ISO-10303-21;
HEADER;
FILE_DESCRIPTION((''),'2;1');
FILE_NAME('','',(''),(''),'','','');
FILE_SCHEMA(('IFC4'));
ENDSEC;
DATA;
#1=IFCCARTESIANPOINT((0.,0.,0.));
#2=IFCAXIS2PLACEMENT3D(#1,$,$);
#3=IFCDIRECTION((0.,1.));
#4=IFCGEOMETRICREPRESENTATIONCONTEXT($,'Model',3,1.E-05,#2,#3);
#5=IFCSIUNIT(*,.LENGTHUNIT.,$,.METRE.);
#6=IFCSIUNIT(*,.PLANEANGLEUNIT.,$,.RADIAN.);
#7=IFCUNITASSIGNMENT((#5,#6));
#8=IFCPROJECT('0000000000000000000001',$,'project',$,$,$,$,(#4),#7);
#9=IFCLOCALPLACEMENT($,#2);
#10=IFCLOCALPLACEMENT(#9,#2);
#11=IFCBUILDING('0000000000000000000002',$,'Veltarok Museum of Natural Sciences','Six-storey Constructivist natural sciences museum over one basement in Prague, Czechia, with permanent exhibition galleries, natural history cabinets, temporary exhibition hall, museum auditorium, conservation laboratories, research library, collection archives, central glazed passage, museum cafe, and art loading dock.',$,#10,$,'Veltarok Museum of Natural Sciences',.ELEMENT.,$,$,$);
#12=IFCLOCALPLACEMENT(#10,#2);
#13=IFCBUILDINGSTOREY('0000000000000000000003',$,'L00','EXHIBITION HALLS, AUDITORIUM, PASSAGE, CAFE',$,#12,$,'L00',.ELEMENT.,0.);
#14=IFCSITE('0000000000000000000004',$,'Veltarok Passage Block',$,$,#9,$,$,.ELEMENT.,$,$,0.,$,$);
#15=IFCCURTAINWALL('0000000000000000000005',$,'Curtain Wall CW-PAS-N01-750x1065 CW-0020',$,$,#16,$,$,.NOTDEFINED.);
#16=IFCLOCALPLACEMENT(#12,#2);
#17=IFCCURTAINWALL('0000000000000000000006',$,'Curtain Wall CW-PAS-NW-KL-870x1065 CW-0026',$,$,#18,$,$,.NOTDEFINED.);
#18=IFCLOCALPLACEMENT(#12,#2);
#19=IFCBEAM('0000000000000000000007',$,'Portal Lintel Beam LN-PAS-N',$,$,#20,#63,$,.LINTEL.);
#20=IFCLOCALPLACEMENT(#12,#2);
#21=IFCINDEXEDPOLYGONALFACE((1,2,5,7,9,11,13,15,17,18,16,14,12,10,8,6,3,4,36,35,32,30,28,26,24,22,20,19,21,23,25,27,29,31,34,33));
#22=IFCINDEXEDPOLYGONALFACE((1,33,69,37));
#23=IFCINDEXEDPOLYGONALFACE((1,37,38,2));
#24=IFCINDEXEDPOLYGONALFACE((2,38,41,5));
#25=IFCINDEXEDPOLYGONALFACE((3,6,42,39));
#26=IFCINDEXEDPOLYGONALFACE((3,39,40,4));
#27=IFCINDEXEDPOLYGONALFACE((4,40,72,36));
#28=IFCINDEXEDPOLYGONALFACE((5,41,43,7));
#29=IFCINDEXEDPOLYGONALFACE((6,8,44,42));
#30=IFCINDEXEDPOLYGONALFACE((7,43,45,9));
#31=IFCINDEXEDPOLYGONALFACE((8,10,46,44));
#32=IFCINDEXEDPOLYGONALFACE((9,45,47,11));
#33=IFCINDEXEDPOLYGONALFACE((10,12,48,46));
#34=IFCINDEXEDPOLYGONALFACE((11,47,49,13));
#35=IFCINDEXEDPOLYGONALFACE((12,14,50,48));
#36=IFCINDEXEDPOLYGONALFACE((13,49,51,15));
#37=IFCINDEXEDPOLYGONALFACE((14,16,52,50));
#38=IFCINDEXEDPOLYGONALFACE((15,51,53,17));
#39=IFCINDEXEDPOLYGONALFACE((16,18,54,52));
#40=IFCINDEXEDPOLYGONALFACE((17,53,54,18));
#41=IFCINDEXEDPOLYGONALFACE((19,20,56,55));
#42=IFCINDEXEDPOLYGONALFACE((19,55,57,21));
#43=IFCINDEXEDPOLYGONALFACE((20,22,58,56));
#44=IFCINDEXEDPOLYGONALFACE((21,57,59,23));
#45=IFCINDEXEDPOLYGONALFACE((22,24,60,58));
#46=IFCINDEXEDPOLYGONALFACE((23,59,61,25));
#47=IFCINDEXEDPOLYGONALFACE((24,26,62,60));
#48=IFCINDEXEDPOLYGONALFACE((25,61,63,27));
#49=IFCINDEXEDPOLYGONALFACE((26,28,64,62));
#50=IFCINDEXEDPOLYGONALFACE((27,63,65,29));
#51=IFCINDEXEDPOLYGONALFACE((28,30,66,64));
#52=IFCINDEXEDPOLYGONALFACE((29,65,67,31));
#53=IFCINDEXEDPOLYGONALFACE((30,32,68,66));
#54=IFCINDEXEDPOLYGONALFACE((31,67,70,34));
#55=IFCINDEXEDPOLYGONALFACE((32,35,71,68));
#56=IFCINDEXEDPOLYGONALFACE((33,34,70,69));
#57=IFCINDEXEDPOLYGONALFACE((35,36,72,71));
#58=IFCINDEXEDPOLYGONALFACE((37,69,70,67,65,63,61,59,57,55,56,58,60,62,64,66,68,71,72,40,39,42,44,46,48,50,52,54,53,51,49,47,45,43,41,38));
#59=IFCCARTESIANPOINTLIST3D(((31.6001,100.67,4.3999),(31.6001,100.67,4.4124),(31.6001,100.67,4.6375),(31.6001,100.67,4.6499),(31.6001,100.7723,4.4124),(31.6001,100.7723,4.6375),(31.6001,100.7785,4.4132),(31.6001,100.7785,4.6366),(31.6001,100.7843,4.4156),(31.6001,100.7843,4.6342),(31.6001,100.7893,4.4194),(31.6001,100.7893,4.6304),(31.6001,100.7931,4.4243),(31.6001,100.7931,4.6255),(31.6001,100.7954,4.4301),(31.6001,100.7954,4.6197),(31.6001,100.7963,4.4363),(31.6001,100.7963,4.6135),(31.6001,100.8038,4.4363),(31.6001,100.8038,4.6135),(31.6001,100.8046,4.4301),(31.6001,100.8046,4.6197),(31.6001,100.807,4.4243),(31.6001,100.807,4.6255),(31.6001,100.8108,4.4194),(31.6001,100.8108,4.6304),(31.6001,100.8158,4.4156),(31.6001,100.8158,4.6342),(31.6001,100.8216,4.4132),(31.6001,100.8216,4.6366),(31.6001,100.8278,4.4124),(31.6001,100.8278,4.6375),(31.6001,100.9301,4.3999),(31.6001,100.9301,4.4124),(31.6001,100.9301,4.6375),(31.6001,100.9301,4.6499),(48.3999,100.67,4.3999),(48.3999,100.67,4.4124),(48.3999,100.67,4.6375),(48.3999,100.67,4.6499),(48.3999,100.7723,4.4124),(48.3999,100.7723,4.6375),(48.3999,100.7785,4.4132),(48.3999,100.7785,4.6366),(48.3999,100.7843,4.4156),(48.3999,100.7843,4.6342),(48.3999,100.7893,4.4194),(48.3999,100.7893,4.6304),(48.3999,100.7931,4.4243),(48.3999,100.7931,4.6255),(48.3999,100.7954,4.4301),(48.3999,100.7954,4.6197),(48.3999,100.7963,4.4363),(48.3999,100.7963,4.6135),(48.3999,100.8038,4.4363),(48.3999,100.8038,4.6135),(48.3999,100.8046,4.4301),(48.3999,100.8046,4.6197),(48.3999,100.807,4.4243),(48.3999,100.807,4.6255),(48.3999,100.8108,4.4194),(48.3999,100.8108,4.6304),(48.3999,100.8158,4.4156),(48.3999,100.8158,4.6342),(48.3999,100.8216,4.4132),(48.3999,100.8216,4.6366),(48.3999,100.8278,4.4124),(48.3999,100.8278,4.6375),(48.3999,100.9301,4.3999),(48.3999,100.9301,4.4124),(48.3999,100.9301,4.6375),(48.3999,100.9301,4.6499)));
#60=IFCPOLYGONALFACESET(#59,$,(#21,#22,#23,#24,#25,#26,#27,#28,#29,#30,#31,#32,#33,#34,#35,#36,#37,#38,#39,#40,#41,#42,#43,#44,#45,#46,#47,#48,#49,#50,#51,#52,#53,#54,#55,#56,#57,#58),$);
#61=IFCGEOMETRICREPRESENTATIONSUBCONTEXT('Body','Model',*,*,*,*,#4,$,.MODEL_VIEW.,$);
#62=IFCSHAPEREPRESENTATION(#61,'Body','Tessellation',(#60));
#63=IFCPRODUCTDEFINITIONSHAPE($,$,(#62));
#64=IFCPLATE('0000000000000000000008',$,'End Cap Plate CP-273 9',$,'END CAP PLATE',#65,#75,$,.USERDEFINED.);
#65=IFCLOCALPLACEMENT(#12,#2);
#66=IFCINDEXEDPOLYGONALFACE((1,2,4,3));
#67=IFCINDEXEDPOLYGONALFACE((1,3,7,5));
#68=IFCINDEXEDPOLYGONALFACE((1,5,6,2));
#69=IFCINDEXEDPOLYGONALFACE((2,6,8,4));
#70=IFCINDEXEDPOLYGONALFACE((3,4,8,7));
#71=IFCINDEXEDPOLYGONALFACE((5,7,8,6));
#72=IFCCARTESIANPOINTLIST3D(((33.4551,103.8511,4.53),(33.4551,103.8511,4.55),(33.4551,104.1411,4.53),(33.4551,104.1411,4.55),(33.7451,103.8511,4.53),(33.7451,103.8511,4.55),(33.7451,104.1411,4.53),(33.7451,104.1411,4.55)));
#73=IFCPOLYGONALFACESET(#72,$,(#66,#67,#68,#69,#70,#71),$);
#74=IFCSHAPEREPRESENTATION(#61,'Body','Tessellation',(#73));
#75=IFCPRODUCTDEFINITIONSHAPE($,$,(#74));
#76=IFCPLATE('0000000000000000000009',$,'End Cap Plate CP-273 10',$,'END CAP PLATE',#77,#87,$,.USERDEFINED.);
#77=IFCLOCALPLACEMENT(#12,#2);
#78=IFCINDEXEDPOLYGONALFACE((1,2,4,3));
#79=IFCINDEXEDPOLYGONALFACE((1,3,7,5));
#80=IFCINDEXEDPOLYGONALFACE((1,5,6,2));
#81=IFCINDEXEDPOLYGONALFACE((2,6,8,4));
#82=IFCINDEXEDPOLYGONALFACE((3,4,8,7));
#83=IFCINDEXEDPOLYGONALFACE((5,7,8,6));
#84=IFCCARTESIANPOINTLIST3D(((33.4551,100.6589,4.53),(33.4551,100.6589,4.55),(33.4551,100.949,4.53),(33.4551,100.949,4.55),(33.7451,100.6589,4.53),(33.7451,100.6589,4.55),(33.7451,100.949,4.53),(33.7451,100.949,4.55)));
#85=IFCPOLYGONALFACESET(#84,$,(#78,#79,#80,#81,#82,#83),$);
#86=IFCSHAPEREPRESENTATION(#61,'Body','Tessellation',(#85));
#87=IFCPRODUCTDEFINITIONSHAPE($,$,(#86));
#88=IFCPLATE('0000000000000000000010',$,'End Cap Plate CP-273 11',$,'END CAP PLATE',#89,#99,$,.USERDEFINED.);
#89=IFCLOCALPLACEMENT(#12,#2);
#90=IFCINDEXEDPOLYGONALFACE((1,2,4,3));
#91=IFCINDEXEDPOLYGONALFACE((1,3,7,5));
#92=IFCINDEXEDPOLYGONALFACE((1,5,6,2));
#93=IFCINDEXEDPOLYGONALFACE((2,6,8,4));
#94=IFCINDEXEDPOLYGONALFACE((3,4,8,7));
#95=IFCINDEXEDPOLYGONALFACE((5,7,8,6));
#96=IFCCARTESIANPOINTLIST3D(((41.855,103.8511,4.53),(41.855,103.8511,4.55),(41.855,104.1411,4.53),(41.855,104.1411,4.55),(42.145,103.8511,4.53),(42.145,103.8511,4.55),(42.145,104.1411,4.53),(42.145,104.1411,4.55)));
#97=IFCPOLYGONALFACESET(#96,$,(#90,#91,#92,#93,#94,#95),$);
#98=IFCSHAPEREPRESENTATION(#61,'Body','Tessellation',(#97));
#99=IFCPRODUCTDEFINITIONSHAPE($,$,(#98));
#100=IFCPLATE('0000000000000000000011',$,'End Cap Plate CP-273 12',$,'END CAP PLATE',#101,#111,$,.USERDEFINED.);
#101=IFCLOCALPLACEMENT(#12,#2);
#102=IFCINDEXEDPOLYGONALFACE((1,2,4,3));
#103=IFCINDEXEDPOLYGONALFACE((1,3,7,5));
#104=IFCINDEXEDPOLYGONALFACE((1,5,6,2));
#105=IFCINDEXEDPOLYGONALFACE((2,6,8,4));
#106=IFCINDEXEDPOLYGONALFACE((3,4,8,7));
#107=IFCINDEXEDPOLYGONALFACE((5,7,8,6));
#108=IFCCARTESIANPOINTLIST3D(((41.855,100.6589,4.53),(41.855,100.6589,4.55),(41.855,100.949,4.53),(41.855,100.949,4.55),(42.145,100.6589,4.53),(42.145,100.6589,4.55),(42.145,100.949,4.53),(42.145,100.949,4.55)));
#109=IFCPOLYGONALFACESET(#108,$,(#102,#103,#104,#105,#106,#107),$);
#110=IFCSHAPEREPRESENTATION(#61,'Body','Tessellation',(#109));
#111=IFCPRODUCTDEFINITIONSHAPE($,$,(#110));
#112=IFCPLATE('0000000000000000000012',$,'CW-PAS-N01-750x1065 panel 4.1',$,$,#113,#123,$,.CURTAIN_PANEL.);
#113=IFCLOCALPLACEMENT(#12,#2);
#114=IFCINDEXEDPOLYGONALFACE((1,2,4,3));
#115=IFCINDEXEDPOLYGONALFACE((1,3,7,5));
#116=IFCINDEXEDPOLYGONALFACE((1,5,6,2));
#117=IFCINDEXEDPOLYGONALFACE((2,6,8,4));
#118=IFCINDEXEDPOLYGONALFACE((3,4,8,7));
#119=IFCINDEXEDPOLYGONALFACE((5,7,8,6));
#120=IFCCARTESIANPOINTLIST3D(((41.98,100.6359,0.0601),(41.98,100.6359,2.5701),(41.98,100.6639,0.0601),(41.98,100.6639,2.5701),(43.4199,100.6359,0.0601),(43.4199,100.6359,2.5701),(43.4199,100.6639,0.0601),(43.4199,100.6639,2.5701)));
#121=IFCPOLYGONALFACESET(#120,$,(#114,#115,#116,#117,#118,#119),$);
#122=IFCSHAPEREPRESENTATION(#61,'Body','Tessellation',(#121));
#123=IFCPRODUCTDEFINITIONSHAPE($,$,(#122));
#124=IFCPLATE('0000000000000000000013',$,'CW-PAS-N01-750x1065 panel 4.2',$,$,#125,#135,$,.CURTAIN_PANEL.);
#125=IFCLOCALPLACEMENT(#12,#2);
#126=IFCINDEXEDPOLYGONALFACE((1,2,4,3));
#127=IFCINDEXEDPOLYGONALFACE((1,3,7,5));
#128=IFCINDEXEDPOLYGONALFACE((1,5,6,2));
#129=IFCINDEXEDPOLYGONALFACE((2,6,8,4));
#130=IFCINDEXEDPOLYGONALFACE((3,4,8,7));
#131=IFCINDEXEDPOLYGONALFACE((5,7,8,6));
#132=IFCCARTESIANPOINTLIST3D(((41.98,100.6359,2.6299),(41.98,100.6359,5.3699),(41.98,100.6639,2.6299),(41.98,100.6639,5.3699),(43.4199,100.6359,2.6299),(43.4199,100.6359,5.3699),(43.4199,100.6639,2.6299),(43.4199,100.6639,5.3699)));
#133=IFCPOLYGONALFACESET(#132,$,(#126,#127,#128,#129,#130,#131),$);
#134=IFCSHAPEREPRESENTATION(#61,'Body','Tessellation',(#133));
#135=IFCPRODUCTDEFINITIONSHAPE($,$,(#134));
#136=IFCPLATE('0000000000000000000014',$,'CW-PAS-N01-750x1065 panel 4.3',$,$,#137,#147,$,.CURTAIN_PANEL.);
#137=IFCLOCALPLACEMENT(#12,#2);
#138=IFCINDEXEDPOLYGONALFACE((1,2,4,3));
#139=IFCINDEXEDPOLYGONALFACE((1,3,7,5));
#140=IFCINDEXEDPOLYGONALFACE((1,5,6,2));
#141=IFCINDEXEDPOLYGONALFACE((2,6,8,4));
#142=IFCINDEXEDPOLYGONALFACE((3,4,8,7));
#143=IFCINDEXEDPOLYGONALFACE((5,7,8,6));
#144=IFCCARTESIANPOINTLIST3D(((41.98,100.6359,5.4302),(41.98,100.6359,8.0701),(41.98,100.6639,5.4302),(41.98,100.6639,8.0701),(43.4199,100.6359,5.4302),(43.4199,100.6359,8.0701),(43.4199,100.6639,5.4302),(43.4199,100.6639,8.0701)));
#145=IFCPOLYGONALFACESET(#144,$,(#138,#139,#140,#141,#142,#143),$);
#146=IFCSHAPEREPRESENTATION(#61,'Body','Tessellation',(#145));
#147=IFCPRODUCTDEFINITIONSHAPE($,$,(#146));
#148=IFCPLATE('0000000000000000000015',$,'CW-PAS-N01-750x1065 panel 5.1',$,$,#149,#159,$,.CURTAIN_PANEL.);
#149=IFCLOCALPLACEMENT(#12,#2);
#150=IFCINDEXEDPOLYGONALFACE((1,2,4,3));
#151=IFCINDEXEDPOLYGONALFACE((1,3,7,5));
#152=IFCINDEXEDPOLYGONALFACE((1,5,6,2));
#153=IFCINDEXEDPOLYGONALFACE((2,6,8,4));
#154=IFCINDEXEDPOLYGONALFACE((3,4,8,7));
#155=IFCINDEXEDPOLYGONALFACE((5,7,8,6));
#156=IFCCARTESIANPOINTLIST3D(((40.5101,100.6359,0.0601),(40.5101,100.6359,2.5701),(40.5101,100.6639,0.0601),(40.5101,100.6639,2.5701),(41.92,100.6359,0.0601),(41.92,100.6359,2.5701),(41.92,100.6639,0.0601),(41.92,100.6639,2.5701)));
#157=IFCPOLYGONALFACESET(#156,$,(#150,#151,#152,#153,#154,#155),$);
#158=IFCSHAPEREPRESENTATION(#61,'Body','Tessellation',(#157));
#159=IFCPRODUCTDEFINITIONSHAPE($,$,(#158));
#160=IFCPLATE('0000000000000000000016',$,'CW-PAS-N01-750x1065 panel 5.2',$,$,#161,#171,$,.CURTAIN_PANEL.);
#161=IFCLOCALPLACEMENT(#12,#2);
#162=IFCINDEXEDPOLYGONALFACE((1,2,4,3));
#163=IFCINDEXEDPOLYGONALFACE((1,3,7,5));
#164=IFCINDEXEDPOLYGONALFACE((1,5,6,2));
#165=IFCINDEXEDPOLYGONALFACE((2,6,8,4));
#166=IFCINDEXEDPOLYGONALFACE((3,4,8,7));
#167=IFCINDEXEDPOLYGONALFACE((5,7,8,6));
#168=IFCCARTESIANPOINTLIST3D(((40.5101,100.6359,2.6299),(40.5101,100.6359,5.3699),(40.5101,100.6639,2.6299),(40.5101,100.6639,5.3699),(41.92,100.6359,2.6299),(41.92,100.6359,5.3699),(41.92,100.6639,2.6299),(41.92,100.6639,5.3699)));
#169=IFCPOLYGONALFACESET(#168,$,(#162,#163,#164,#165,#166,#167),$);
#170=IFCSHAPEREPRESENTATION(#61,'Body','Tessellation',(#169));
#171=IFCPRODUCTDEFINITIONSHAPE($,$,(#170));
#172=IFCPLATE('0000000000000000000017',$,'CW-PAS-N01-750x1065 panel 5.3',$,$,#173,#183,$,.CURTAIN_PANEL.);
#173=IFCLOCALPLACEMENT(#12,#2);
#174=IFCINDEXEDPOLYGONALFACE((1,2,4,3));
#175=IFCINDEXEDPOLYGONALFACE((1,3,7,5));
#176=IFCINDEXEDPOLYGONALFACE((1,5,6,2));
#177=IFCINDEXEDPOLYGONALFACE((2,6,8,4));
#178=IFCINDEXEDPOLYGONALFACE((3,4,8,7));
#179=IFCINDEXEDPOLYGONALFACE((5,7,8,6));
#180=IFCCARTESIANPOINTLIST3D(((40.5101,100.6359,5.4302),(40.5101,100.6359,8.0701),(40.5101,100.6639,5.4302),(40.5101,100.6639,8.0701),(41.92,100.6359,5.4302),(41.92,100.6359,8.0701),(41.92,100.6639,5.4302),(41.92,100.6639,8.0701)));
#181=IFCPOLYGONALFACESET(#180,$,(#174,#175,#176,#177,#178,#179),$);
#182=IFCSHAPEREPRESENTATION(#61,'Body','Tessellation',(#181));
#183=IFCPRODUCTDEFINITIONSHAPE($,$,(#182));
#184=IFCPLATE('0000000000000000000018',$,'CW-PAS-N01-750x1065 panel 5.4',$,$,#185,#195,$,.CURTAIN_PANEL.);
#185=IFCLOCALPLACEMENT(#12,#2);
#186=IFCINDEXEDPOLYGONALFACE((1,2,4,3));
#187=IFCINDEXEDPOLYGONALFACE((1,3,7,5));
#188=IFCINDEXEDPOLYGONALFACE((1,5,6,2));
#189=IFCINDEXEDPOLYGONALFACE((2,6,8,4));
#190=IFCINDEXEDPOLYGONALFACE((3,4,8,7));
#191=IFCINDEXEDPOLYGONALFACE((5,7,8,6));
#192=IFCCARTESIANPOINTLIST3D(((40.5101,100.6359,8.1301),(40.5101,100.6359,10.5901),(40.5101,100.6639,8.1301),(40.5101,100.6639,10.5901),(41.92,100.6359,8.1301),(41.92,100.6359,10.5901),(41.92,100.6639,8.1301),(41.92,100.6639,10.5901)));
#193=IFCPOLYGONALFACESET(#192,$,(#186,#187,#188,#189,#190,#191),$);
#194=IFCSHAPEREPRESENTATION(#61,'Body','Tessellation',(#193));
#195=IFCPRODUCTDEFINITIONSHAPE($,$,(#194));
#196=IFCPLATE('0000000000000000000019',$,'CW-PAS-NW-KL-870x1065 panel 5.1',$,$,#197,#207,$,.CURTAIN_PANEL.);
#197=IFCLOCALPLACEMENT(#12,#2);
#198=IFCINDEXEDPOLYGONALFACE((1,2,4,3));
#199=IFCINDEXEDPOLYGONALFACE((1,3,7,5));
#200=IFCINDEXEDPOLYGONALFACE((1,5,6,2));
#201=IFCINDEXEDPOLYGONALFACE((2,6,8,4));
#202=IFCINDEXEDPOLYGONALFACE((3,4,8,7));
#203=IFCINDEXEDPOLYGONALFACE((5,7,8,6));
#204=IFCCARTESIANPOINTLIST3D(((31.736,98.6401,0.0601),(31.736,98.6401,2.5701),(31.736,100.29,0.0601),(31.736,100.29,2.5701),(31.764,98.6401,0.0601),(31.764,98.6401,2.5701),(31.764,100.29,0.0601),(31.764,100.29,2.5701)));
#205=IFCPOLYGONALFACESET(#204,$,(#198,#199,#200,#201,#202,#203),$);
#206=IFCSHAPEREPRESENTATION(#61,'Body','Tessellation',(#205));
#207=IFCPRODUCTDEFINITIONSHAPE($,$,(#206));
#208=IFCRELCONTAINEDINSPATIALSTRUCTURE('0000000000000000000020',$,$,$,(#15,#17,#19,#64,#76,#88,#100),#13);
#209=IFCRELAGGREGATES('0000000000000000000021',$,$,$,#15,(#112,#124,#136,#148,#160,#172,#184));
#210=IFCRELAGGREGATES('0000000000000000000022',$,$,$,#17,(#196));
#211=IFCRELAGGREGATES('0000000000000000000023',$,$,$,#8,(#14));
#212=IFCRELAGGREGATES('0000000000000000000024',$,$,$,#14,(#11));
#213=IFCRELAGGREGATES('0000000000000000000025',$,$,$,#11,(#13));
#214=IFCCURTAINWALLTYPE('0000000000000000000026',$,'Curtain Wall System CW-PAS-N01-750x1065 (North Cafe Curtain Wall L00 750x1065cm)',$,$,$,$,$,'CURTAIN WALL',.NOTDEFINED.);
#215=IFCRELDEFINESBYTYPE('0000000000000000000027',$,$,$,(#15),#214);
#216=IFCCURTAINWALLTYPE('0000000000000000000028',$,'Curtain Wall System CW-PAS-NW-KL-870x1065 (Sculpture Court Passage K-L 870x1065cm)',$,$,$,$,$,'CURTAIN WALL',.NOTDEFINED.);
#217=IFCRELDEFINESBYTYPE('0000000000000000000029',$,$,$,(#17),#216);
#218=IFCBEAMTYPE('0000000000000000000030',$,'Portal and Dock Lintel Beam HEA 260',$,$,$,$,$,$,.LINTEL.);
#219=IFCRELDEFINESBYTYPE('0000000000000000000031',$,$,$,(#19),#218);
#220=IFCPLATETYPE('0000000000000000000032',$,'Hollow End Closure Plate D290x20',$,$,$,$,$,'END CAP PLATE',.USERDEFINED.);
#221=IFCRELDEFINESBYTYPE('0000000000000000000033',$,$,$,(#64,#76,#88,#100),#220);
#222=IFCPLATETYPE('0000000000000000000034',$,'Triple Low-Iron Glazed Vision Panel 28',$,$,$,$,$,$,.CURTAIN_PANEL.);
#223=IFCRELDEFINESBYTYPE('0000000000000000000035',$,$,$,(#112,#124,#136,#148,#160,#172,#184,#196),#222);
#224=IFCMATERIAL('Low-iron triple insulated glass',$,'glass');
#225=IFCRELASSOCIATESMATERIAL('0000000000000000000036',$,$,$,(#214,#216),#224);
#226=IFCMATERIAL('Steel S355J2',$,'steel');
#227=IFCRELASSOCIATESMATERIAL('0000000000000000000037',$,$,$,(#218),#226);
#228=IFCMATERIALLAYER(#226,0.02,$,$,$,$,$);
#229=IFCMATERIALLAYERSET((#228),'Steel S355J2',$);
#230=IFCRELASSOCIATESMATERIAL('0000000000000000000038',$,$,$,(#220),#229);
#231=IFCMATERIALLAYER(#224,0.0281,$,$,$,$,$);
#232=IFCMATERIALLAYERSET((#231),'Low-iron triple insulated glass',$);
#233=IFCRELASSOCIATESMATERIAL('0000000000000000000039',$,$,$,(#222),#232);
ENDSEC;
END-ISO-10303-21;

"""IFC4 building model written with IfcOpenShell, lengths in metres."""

from ifc_helpers import new_model, si_unit, direction, frame, origin, origin_2d, place, context, subcontext, project, spatial, rectangle, i_section, extrude, material, layer, layer_set, material_profile, profile_set, type_object, element, aggregate, save


model = new_model("IFC4")

# Units and contexts
model_context = context("Model", 3, precision=1e-05, world=origin(), true_north=direction((0.0, 1.0)))
body_context = subcontext(model_context, "Body", "Model", "MODEL_VIEW")
ifc_project = project(units=[si_unit("LENGTHUNIT", "METRE"), si_unit("PLANEANGLEUNIT", "RADIAN")], contexts=[model_context])

# Site, building, storey
site_placement = place(None, origin())
site = spatial("IfcSite", under=ifc_project, at=site_placement, Name="Veltarok Passage Block", CompositionType="ELEMENT", RefElevation=0.0)
building_placement = place(site_placement, origin())
building = spatial("IfcBuilding", under=site, at=building_placement, Name="Veltarok Museum of Natural Sciences", Description="Six-storey Constructivist natural sciences museum over one basement in Prague, Czechia, with permanent exhibition galleries, natural history cabinets, temporary exhibition hall, museum auditorium, conservation laboratories, research library, collection archives, central glazed passage, museum cafe, and art loading dock.", LongName="Veltarok Museum of Natural Sciences", CompositionType="ELEMENT")
storey_placement = place(building_placement, origin())
storey = spatial("IfcBuildingStorey", under=building, at=storey_placement, Name="L00", Description="EXHIBITION HALLS, AUDITORIUM, PASSAGE, CAFE", LongName="L00", CompositionType="ELEMENT", Elevation=0.0)

# Shared definitions
ifc_material_1 = material(Name="Steel S355J2", Category="steel")

# Curtain walls
ifc_material_2 = material(Name="Low-iron triple insulated glass", Category="glass")
curtain_wall_type_1 = type_object("IfcCurtainWallType", Name="Curtain Wall System CW-PAS-N01-750x1065 (North Cafe Curtain Wall L00 750x1065cm)", ElementType="CURTAIN WALL", PredefinedType="NOTDEFINED", material=ifc_material_2)
curtain_wall_1_placement = place(storey_placement, origin())
curtain_wall_1 = element("IfcCurtainWall", 1, at=curtain_wall_1_placement, inside=storey, type_object=curtain_wall_type_1, Name="Curtain Wall CW-PAS-N01-750x1065 CW-0020", PredefinedType="NOTDEFINED")
curtain_wall_type_2 = type_object("IfcCurtainWallType", Name="Curtain Wall System CW-PAS-NW-KL-870x1065 (Sculpture Court Passage K-L 870x1065cm)", ElementType="CURTAIN WALL", PredefinedType="NOTDEFINED", material=ifc_material_2)
curtain_wall_2_placement = place(storey_placement, origin())
curtain_wall_2 = element("IfcCurtainWall", 2, at=curtain_wall_2_placement, inside=storey, type_object=curtain_wall_type_2, Name="Curtain Wall CW-PAS-NW-KL-870x1065 CW-0026", PredefinedType="NOTDEFINED")

# Beam
ifc_material_profile_1 = material_profile(ifc_material_1, i_section(OverallWidth=0.26, OverallDepth=0.25, WebThickness=0.0076, FlangeThickness=0.0125, FilletRadius=0.0239, at=origin_2d()), Name="HEA 260")
ifc_profile_set_1 = profile_set([ifc_material_profile_1], Name="Steel S355J2")
beam_type_1 = type_object("IfcBeamType", Name="Portal and Dock Lintel Beam HEA 260", PredefinedType="LINTEL", material=ifc_profile_set_1)
beam_1_placement = place(storey_placement, frame((31.6001, 100.8, 4.5249), z_axis=(1.0, 0.0, 0.0), x_axis=(0.0, 1.0, 0.0)))
element("IfcBeam", 3, at=beam_1_placement, inside=storey, type_object=beam_type_1, Name="Portal Lintel Beam LN-PAS-N", PredefinedType="LINTEL", context=body_context, shape_type="SweptSolid", body=[
    extrude(i_section(OverallWidth=0.26, OverallDepth=0.25, WebThickness=0.0076, FlangeThickness=0.0125, FilletRadius=0.0239, at=origin_2d()), origin(), (0.0, 0.0, 1.0), 16.7998),
])

# Plates
ifc_layer_1 = layer(ifc_material_1, 0.02)
ifc_layer_set_1 = layer_set([ifc_layer_1], Name="Steel S355J2")
plate_type_1 = type_object("IfcPlateType", Name="Hollow End Closure Plate D290x20", ElementType="END CAP PLATE", PredefinedType="USERDEFINED", material=ifc_layer_set_1)
for number, where, z_axis, x_axis, name in (
    (4, (33.6001, 103.9961, 4.53), (0.0, 0.0, 1.0), (0.0, 1.0, 0.0), "End Cap Plate CP-273 9"),
    (5, (33.6001, 100.804, 4.53), (0.0, 0.0, 1.0), (0.0, 1.0, 0.0), "End Cap Plate CP-273 10"),
    (6, (42.0, 103.9961, 4.53), (0.0, 0.0, 1.0), (0.0, 1.0, 0.0), "End Cap Plate CP-273 11"),
    (7, (42.0, 100.804, 4.53), (0.0, 0.0, 1.0), (0.0, 1.0, 0.0), "End Cap Plate CP-273 12"),
):
    element("IfcPlate", number, at=place(storey_placement, frame(where, z_axis=z_axis, x_axis=x_axis)), inside=storey, type_object=plate_type_1, Name=name, ObjectType="END CAP PLATE", PredefinedType="USERDEFINED", context=body_context, shape_type="SweptSolid", body=[
        extrude(rectangle(XDim=0.29, YDim=0.29, at=origin_2d()), origin(), (0.0, 0.0, 1.0), 0.02),
    ])

# Plates
ifc_layer_2 = layer(ifc_material_2, 0.0281)
ifc_layer_set_2 = layer_set([ifc_layer_2], Name="Low-iron triple insulated glass")
plate_type_2 = type_object("IfcPlateType", Name="Triple Low-Iron Glazed Vision Panel 28", PredefinedType="CURTAIN_PANEL", material=ifc_layer_set_2)
plate_1_placement = place(storey_placement, frame((42.7, 100.6499, 0.0601), z_axis=(0.0, 0.0, 1.0), x_axis=(-1.0, 0.0, 0.0)))
plate_1 = element("IfcPlate", 8, at=plate_1_placement, type_object=plate_type_2, Name="CW-PAS-N01-750x1065 panel 4.1", PredefinedType="CURTAIN_PANEL", context=body_context, shape_type="SweptSolid", body=[
    extrude(rectangle(XDim=1.4399, YDim=0.0281, at=origin_2d()), origin(), (0.0, 0.0, 1.0), 2.51),
])
plate_2_placement = place(storey_placement, frame((42.7, 100.6499, 2.6299), z_axis=(0.0, 0.0, 1.0), x_axis=(-1.0, 0.0, 0.0)))
plate_2 = element("IfcPlate", 9, at=plate_2_placement, type_object=plate_type_2, Name="CW-PAS-N01-750x1065 panel 4.2", PredefinedType="CURTAIN_PANEL", context=body_context, shape_type="SweptSolid", body=[
    extrude(rectangle(XDim=1.4399, YDim=0.0281, at=origin_2d()), origin(), (0.0, 0.0, 1.0), 2.74),
])
plate_3_placement = place(storey_placement, frame((42.7, 100.6499, 5.4302), z_axis=(0.0, 0.0, 1.0), x_axis=(-1.0, 0.0, 0.0)))
plate_3 = element("IfcPlate", 10, at=plate_3_placement, type_object=plate_type_2, Name="CW-PAS-N01-750x1065 panel 4.3", PredefinedType="CURTAIN_PANEL", context=body_context, shape_type="SweptSolid", body=[
    extrude(rectangle(XDim=1.4399, YDim=0.0281, at=origin_2d()), origin(), (0.0, 0.0, 1.0), 2.6399),
])
plate_4_placement = place(storey_placement, frame((41.2151, 100.6499, 0.0601), z_axis=(0.0, 0.0, 1.0), x_axis=(-1.0, 0.0, 0.0)))
plate_4 = element("IfcPlate", 11, at=plate_4_placement, type_object=plate_type_2, Name="CW-PAS-N01-750x1065 panel 5.1", PredefinedType="CURTAIN_PANEL", context=body_context, shape_type="SweptSolid", body=[
    extrude(rectangle(XDim=1.4099, YDim=0.0281, at=origin_2d()), origin(), (0.0, 0.0, 1.0), 2.51),
])
plate_5_placement = place(storey_placement, frame((41.2151, 100.6499, 2.6299), z_axis=(0.0, 0.0, 1.0), x_axis=(-1.0, 0.0, 0.0)))
plate_5 = element("IfcPlate", 12, at=plate_5_placement, type_object=plate_type_2, Name="CW-PAS-N01-750x1065 panel 5.2", PredefinedType="CURTAIN_PANEL", context=body_context, shape_type="SweptSolid", body=[
    extrude(rectangle(XDim=1.4099, YDim=0.0281, at=origin_2d()), origin(), (0.0, 0.0, 1.0), 2.74),
])
plate_6_placement = place(storey_placement, frame((41.2151, 100.6499, 5.4302), z_axis=(0.0, 0.0, 1.0), x_axis=(-1.0, 0.0, 0.0)))
plate_6 = element("IfcPlate", 13, at=plate_6_placement, type_object=plate_type_2, Name="CW-PAS-N01-750x1065 panel 5.3", PredefinedType="CURTAIN_PANEL", context=body_context, shape_type="SweptSolid", body=[
    extrude(rectangle(XDim=1.4099, YDim=0.0281, at=origin_2d()), origin(), (0.0, 0.0, 1.0), 2.6399),
])
plate_7_placement = place(storey_placement, frame((41.2151, 100.6499, 8.1301), z_axis=(0.0, 0.0, 1.0), x_axis=(-1.0, 0.0, 0.0)))
plate_7 = element("IfcPlate", 14, at=plate_7_placement, type_object=plate_type_2, Name="CW-PAS-N01-750x1065 panel 5.4", PredefinedType="CURTAIN_PANEL", context=body_context, shape_type="SweptSolid", body=[
    extrude(rectangle(XDim=1.4099, YDim=0.0281, at=origin_2d()), origin(), (0.0, 0.0, 1.0), 2.46),
])
aggregate(curtain_wall_1, [plate_1, plate_2, plate_3, plate_4, plate_5, plate_6, plate_7])
plate_8_placement = place(storey_placement, frame((31.75, 99.4651, 0.0601), z_axis=(0.0, 0.0, 1.0), x_axis=(0.0, 1.0, 0.0)))
plate_8 = element("IfcPlate", 15, at=plate_8_placement, type_object=plate_type_2, Name="CW-PAS-NW-KL-870x1065 panel 5.1", PredefinedType="CURTAIN_PANEL", context=body_context, shape_type="SweptSolid", body=[
    extrude(rectangle(XDim=1.6499, YDim=0.0281, at=origin_2d()), origin(), (0.0, 0.0, 1.0), 2.51),
])
aggregate(curtain_wall_2, [plate_8])

save(model, "model.ifc")
